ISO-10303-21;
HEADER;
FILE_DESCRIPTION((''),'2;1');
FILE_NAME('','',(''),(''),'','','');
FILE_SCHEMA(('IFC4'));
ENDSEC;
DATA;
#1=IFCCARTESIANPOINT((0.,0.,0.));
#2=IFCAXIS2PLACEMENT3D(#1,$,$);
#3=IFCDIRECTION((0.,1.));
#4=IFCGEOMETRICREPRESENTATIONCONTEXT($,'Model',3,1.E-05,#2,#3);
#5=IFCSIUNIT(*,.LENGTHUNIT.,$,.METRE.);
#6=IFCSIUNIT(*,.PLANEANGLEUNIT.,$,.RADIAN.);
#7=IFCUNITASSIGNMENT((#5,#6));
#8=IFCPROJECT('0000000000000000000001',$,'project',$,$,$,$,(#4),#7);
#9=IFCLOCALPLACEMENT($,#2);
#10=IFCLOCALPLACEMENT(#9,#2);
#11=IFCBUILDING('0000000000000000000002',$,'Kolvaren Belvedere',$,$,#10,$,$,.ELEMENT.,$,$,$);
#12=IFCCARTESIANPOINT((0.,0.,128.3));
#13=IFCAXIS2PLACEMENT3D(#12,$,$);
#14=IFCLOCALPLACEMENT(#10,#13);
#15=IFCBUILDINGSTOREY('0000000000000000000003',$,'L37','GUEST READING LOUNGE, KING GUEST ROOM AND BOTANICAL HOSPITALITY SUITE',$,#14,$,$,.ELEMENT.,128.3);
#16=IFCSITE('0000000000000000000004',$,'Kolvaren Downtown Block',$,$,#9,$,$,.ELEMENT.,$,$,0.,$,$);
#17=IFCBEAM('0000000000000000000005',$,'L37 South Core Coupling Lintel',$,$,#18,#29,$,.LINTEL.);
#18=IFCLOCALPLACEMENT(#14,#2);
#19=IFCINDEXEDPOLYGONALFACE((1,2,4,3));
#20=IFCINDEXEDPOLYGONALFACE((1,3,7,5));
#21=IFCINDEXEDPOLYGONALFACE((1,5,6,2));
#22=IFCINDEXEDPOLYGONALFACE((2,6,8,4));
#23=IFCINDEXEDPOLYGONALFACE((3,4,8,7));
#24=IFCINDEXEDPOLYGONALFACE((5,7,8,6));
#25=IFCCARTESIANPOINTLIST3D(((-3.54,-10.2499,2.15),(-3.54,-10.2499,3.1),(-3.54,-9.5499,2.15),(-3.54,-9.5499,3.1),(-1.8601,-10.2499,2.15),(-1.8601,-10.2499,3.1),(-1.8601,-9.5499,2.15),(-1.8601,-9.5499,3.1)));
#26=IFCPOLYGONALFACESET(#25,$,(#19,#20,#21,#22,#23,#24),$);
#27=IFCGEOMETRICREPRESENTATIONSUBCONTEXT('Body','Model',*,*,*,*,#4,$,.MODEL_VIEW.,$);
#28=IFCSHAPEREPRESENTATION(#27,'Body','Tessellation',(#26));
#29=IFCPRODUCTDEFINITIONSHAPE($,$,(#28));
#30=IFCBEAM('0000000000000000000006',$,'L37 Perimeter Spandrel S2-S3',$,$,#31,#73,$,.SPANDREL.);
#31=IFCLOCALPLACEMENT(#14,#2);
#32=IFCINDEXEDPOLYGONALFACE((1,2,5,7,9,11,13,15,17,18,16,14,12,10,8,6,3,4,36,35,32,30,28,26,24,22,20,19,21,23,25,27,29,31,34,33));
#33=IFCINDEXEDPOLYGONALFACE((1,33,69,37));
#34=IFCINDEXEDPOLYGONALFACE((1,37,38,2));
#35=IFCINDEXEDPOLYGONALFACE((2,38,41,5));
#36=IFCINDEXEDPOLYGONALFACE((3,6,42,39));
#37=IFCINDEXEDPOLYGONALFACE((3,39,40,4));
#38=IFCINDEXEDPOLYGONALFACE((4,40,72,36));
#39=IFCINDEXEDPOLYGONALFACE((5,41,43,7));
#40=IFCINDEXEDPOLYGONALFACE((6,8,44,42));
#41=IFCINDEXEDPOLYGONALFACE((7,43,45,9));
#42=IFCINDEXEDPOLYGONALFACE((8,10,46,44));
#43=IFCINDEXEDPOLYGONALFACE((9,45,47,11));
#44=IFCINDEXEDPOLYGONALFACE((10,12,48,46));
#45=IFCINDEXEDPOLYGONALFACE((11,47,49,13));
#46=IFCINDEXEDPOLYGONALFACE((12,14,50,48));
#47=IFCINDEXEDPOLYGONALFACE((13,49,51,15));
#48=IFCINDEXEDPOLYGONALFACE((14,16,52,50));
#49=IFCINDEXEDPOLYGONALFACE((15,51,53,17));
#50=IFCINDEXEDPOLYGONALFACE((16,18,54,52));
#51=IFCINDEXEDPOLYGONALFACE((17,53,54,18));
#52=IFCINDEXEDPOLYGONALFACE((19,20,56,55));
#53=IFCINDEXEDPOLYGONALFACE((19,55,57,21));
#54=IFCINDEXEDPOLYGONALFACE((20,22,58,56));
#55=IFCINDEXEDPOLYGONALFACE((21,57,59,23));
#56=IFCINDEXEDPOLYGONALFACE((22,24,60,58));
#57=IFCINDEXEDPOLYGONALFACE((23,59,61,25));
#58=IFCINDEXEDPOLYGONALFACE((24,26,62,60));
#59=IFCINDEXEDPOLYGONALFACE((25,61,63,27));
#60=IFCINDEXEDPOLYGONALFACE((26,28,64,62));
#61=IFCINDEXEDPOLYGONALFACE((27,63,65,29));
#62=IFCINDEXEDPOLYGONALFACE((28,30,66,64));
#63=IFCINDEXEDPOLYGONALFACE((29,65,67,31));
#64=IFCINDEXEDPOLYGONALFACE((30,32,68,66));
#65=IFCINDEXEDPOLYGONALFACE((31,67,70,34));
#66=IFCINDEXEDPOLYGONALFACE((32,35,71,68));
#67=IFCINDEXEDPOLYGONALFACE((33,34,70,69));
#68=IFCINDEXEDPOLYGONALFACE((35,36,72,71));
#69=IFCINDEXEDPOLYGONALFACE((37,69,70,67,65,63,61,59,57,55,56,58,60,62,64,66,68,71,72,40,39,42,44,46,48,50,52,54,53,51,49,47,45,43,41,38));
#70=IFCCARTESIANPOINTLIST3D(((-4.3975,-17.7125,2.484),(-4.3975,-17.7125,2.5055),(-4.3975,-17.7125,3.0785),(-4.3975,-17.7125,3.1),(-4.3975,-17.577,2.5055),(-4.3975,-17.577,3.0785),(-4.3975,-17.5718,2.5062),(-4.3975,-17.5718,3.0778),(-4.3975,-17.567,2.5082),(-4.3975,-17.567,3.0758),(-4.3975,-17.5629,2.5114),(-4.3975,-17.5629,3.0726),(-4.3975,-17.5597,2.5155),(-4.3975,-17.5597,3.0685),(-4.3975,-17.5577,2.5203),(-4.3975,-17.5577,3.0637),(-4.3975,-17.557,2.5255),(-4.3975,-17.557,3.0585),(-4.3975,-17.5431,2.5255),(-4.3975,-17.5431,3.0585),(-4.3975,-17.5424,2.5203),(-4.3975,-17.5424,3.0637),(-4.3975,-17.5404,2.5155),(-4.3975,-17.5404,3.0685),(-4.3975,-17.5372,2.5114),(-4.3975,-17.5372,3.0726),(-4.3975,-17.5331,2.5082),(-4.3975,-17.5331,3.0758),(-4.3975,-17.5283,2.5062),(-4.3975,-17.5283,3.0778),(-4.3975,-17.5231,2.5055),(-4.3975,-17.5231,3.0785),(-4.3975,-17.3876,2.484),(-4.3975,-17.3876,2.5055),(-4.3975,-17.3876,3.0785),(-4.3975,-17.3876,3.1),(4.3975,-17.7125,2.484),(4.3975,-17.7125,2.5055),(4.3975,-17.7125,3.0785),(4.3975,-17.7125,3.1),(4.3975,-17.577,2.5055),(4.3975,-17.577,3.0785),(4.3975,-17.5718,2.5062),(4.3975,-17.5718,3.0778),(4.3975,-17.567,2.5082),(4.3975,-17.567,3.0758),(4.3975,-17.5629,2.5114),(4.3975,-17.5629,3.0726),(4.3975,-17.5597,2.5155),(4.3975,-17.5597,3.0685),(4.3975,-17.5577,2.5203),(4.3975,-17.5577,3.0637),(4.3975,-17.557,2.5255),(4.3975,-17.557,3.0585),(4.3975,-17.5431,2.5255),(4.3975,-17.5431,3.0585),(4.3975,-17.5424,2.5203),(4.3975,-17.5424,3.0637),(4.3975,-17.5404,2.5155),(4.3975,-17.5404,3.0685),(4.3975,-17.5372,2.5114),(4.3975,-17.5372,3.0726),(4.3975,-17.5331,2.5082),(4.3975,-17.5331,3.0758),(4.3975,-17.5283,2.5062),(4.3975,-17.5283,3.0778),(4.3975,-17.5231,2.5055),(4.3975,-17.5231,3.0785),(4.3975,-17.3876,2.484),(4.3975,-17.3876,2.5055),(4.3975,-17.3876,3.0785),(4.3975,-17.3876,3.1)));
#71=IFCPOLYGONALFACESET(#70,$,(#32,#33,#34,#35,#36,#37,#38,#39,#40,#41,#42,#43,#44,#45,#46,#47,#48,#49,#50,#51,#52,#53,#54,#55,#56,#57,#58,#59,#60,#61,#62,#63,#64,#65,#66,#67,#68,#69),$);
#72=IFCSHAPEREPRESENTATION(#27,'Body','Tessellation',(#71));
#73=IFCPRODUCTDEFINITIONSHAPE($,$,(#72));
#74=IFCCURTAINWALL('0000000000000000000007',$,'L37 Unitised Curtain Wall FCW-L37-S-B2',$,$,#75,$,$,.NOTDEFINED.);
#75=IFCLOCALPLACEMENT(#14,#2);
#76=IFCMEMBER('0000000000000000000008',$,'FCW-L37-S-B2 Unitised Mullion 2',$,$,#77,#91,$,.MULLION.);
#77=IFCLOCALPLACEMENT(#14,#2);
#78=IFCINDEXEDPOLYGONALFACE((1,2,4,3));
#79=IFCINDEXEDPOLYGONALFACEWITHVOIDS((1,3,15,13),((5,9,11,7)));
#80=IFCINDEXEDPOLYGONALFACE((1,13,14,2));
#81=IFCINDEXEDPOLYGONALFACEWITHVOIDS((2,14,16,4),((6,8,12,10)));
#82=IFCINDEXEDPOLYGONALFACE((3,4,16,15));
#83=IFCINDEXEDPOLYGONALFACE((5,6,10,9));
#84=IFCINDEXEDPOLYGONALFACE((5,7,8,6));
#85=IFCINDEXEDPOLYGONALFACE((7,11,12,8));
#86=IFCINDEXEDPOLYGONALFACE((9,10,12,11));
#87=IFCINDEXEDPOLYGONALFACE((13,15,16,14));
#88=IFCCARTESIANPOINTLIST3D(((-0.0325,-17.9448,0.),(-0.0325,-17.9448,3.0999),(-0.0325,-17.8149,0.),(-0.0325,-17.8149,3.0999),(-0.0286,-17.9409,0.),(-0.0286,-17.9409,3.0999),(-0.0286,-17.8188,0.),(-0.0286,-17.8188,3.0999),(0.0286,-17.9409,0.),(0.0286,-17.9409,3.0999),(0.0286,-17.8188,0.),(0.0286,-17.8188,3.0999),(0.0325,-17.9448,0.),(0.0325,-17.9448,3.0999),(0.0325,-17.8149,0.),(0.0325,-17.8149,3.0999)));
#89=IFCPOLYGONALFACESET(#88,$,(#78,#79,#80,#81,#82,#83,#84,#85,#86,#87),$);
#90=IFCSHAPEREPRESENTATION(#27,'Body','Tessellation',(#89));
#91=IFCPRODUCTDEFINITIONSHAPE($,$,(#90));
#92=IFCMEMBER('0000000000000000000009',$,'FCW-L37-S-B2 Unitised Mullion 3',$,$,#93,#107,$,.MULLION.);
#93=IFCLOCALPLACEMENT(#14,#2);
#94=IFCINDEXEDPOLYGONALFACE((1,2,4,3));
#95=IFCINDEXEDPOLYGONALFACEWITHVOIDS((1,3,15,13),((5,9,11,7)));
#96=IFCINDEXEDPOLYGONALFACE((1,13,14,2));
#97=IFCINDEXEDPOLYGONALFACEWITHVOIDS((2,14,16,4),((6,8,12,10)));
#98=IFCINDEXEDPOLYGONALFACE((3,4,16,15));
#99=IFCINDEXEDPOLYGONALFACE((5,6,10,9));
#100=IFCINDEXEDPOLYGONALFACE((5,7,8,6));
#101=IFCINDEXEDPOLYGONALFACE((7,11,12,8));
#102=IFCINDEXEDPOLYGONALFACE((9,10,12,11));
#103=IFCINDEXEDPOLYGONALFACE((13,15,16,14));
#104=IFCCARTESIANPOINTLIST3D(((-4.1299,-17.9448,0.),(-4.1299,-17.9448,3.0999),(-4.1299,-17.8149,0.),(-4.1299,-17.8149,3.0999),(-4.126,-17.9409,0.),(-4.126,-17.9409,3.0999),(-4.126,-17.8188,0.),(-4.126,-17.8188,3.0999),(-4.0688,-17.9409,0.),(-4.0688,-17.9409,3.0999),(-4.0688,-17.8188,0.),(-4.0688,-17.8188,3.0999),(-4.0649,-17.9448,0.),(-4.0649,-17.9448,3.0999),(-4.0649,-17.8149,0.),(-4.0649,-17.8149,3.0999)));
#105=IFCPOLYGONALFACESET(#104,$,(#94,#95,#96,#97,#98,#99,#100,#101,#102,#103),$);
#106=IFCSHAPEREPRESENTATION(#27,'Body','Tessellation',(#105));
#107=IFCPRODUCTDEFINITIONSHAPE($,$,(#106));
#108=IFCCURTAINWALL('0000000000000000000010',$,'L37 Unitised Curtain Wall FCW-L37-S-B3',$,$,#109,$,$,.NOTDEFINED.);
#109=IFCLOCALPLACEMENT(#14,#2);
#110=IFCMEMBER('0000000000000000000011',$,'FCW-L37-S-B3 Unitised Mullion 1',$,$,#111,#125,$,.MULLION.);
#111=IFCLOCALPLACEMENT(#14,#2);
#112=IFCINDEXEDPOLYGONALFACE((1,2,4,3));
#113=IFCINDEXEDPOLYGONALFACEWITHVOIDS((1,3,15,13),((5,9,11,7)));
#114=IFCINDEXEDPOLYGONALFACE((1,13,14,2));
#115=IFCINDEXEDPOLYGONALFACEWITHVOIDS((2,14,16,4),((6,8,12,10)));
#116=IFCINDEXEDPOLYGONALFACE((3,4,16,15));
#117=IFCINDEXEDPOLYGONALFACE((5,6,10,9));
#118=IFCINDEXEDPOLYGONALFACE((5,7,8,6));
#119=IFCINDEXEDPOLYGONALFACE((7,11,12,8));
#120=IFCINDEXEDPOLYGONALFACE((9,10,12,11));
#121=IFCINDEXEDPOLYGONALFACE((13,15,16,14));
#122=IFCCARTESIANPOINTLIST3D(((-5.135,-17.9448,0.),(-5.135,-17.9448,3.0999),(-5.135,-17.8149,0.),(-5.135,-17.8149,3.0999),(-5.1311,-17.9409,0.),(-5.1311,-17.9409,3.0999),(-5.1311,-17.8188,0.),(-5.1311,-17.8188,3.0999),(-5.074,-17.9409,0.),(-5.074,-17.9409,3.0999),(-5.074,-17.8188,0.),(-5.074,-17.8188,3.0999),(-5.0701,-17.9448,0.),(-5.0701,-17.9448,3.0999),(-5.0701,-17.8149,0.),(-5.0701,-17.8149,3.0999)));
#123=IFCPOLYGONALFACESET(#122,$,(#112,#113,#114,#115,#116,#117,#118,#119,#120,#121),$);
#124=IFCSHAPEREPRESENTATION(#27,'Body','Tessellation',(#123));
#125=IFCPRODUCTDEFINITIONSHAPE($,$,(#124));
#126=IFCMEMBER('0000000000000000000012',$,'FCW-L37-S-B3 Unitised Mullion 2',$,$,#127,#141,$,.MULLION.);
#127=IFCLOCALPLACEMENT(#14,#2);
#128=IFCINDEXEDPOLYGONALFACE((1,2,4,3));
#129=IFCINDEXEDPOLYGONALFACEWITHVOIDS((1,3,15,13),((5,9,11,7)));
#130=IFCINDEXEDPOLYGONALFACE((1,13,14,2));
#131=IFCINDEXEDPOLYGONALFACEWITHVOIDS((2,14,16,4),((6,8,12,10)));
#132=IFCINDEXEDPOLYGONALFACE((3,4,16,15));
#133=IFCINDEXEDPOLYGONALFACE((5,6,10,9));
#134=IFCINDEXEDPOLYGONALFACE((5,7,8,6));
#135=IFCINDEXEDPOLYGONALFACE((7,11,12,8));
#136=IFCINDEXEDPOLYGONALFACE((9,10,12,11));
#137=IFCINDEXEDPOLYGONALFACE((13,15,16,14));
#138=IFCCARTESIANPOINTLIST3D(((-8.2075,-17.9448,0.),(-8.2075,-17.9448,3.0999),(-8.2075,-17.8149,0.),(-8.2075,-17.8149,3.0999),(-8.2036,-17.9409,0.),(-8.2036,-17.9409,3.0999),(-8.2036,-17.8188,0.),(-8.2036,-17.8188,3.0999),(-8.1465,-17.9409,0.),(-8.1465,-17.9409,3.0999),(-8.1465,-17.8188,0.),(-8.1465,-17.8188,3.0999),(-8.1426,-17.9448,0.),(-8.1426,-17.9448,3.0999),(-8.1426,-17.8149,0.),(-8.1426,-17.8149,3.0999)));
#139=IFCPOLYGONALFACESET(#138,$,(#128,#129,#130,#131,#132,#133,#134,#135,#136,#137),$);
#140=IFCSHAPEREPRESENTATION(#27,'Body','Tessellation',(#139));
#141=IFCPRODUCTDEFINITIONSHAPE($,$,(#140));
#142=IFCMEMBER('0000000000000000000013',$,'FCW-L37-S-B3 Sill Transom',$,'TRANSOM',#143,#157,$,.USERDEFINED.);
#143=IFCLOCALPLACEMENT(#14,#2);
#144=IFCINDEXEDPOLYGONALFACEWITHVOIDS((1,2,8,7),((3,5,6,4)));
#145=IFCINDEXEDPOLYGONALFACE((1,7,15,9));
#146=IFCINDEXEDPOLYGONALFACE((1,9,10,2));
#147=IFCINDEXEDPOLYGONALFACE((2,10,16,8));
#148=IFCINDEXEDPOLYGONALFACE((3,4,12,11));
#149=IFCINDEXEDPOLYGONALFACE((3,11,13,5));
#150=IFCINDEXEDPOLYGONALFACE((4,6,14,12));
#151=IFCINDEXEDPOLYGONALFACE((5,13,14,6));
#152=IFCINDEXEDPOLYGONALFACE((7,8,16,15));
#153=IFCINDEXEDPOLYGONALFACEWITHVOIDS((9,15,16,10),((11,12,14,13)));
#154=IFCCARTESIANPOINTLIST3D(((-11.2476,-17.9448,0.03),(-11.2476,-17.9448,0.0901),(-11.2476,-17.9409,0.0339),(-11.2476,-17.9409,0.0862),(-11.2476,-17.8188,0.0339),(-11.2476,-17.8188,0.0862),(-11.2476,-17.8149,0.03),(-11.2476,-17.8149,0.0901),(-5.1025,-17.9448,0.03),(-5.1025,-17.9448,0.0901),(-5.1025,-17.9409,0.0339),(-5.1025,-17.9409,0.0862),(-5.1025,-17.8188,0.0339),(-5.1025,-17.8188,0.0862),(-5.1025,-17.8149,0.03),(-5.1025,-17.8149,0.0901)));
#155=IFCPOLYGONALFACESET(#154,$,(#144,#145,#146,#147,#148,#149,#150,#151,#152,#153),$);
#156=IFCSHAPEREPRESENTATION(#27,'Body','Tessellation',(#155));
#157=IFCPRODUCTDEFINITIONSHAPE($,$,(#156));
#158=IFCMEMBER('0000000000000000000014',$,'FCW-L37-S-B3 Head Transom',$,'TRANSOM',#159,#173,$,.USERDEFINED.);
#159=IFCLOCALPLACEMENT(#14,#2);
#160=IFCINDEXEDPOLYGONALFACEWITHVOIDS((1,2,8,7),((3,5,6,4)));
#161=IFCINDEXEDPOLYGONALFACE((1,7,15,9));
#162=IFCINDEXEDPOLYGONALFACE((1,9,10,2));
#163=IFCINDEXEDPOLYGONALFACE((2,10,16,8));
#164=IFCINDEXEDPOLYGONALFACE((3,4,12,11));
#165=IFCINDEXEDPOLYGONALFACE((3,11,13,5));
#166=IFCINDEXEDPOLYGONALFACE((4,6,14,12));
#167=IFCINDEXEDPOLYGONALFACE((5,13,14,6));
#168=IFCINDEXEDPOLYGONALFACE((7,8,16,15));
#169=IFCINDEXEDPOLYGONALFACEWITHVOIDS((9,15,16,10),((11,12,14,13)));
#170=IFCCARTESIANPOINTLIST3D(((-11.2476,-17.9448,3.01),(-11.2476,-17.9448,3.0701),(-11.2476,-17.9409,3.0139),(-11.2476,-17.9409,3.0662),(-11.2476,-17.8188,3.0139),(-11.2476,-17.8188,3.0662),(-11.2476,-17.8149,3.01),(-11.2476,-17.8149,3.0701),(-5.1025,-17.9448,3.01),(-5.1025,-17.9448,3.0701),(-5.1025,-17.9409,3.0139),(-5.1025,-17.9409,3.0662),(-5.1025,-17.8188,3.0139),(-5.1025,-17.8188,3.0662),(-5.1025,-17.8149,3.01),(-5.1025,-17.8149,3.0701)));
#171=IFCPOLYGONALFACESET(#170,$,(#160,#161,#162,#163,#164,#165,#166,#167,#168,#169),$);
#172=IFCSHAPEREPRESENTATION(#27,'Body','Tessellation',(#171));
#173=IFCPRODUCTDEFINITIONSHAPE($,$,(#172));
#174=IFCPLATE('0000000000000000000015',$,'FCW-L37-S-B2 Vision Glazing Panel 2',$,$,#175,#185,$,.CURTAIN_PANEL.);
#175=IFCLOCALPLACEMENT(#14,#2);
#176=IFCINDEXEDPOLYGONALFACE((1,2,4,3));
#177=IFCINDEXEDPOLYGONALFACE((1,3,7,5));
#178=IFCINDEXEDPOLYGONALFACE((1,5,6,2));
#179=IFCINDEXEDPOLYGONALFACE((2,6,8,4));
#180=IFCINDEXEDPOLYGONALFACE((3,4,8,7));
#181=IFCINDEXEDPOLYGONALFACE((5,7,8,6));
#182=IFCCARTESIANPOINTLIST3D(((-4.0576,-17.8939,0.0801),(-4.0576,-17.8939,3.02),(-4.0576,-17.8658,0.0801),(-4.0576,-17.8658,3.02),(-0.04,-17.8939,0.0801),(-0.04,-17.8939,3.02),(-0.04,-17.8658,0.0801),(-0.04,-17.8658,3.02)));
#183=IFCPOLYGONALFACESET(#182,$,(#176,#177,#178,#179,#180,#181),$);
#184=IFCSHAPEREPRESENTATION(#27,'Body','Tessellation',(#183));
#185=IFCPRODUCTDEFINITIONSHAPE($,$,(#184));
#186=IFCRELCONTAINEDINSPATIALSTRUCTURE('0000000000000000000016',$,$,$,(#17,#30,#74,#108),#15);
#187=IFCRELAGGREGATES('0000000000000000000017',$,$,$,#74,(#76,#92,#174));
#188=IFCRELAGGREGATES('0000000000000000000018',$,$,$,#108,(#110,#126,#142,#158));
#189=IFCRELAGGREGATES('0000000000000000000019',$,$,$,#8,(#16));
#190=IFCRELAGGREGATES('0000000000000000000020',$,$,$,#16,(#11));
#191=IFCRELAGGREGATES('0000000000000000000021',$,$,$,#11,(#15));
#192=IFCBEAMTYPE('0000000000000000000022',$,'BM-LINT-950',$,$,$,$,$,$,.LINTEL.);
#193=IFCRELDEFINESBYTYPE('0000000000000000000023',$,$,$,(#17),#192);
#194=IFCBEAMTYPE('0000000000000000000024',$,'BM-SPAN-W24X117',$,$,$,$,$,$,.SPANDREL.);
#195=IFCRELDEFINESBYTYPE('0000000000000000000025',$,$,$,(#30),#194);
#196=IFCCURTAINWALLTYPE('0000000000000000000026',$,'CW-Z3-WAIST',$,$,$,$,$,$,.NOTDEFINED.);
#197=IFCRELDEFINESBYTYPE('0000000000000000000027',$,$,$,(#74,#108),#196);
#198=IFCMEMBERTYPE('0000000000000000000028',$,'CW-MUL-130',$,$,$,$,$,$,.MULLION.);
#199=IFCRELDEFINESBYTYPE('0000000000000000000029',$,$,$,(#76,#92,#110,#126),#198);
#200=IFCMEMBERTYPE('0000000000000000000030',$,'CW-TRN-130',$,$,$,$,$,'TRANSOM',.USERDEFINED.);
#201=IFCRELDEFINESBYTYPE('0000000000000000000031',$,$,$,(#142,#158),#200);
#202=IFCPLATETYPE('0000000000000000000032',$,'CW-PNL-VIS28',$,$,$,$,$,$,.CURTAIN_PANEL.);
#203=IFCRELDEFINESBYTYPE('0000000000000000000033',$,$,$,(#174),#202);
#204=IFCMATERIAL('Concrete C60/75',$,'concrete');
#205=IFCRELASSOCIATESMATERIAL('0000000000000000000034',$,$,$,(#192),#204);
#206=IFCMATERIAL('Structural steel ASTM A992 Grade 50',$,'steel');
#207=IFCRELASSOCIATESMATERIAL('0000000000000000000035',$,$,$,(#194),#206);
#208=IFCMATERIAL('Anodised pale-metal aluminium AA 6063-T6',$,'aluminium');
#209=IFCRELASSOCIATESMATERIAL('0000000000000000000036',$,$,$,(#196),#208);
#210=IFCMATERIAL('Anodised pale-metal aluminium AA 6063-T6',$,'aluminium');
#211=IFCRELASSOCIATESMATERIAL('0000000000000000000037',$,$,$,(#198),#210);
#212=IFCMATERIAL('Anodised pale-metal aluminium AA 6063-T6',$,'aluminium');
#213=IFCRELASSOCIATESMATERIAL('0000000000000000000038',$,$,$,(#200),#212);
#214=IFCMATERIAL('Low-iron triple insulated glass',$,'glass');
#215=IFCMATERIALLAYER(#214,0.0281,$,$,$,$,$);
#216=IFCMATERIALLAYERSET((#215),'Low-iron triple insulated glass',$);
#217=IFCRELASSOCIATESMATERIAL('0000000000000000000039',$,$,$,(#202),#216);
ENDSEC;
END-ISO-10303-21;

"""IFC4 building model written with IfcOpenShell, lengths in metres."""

from ifc_helpers import new_model, si_unit, direction, frame, origin, origin_2d, place, context, subcontext, project, spatial, rectangle, hollow_rectangle, i_section, extrude, material, layer, layer_set, material_profile, profile_set, type_object, element, aggregate, save


model = new_model("IFC4")

# Units and contexts
model_context = context("Model", 3, precision=1e-05, world=origin(), true_north=direction((0.0, 1.0)))
body_context = subcontext(model_context, "Body", "Model", "MODEL_VIEW")
ifc_project = project(units=[si_unit("LENGTHUNIT", "METRE"), si_unit("PLANEANGLEUNIT", "RADIAN")], contexts=[model_context])

# Site, building, storey
site_placement = place(None, origin())
site = spatial("IfcSite", under=ifc_project, at=site_placement, Name="Kolvaren Downtown Block", CompositionType="ELEMENT", RefElevation=0.0)
building_placement = place(site_placement, origin())
building = spatial("IfcBuilding", under=site, at=building_placement, Name="Kolvaren Belvedere", CompositionType="ELEMENT")
storey_placement = place(building_placement, frame((0.0, 0.0, 128.3)))
storey = spatial("IfcBuildingStorey", under=building, at=storey_placement, Name="L37", Description="GUEST READING LOUNGE, KING GUEST ROOM AND BOTANICAL HOSPITALITY SUITE", CompositionType="ELEMENT", Elevation=128.3)

# Beams
ifc_material_1 = material(Name="Concrete C60/75", Category="concrete")
ifc_material_profile_1 = material_profile(ifc_material_1, rectangle(XDim=0.7, YDim=0.95, at=origin_2d()), Name="RC 700X950")
ifc_profile_set_1 = profile_set([ifc_material_profile_1], Name="Concrete C60/75")
beam_type_1 = type_object("IfcBeamType", Name="BM-LINT-950", PredefinedType="LINTEL", material=ifc_profile_set_1)
beam_1_placement = place(storey_placement, frame((-3.54, -9.8999, 2.625), z_axis=(1.0, 0.0, 0.0), x_axis=(0.0, 1.0, 0.0)))
element("IfcBeam", 1, at=beam_1_placement, inside=storey, type_object=beam_type_1, Name="L37 South Core Coupling Lintel", PredefinedType="LINTEL", context=body_context, shape_type="SweptSolid", body=[
    extrude(rectangle(XDim=0.7, YDim=0.95, at=origin_2d()), origin(), (0.0, 0.0, 1.0), 1.6799),
])
ifc_material_2 = material(Name="Structural steel ASTM A992 Grade 50", Category="steel")
ifc_material_profile_2 = material_profile(ifc_material_2, i_section(OverallWidth=0.325, OverallDepth=0.616, WebThickness=0.0139, FlangeThickness=0.0215, FilletRadius=0.02, at=origin_2d()), Name="W24X117")
ifc_profile_set_2 = profile_set([ifc_material_profile_2], Name="Structural steel ASTM A992 Grade 50")
beam_type_2 = type_object("IfcBeamType", Name="BM-SPAN-W24X117", PredefinedType="SPANDREL", material=ifc_profile_set_2)
beam_2_placement = place(storey_placement, frame((-4.3975, -17.55, 2.792), z_axis=(1.0, 0.0, 0.0), x_axis=(0.0, 1.0, 0.0)))
element("IfcBeam", 2, at=beam_2_placement, inside=storey, type_object=beam_type_2, Name="L37 Perimeter Spandrel S2-S3", PredefinedType="SPANDREL", context=body_context, shape_type="SweptSolid", body=[
    extrude(i_section(OverallWidth=0.325, OverallDepth=0.616, WebThickness=0.0139, FlangeThickness=0.0215, FilletRadius=0.02, at=origin_2d()), origin(), (0.0, 0.0, 1.0), 8.7949),
])

# Curtain walls, members
ifc_material_3 = material(Name="Anodised pale-metal aluminium AA 6063-T6", Category="aluminium")
curtain_wall_type = type_object("IfcCurtainWallType", Name="CW-Z3-WAIST", PredefinedType="NOTDEFINED", material=ifc_material_3)
curtain_wall_1_placement = place(storey_placement, origin())
curtain_wall_1 = element("IfcCurtainWall", 3, at=curtain_wall_1_placement, inside=storey, type_object=curtain_wall_type, Name="L37 Unitised Curtain Wall FCW-L37-S-B2", PredefinedType="NOTDEFINED")
ifc_material_4 = material(Name="Anodised pale-metal aluminium AA 6063-T6", Category="aluminium")
ifc_material_profile_3 = material_profile(ifc_material_4, hollow_rectangle(XDim=0.0649, YDim=0.1299, WallThickness=0.0039, at=origin_2d()), Name="ALU-MUL-130X65")
ifc_profile_set_3 = profile_set([ifc_material_profile_3], Name="Anodised pale-metal aluminium AA 6063-T6")
member_type_1 = type_object("IfcMemberType", Name="CW-MUL-130", PredefinedType="MULLION", material=ifc_profile_set_3)
member_1_placement = place(storey_placement, frame((0.0, -17.8799, 0.0), z_axis=(0.0, 0.0, 1.0), x_axis=(1.0, 0.0, 0.0)))
member_1 = element("IfcMember", 4, at=member_1_placement, type_object=member_type_1, Name="FCW-L37-S-B2 Unitised Mullion 2", PredefinedType="MULLION", context=body_context, shape_type="SweptSolid", body=[
    extrude(hollow_rectangle(XDim=0.0649, YDim=0.1299, WallThickness=0.0039, at=origin_2d()), origin(), (0.0, 0.0, 1.0), 3.0999),
])
member_2_placement = place(storey_placement, frame((-4.0974, -17.8799, 0.0), z_axis=(0.0, 0.0, 1.0), x_axis=(1.0, 0.0, 0.0)))
member_2 = element("IfcMember", 5, at=member_2_placement, type_object=member_type_1, Name="FCW-L37-S-B2 Unitised Mullion 3", PredefinedType="MULLION", context=body_context, shape_type="SweptSolid", body=[
    extrude(hollow_rectangle(XDim=0.0649, YDim=0.1299, WallThickness=0.0039, at=origin_2d()), origin(), (0.0, 0.0, 1.0), 3.0999),
])
curtain_wall_2_placement = place(storey_placement, origin())
curtain_wall_2 = element("IfcCurtainWall", 6, at=curtain_wall_2_placement, inside=storey, type_object=curtain_wall_type, Name="L37 Unitised Curtain Wall FCW-L37-S-B3", PredefinedType="NOTDEFINED")
member_3_placement = place(storey_placement, frame((-5.1025, -17.8799, 0.0), z_axis=(0.0, 0.0, 1.0), x_axis=(1.0, 0.0, 0.0)))
member_3 = element("IfcMember", 7, at=member_3_placement, type_object=member_type_1, Name="FCW-L37-S-B3 Unitised Mullion 1", PredefinedType="MULLION", context=body_context, shape_type="SweptSolid", body=[
    extrude(hollow_rectangle(XDim=0.0649, YDim=0.1299, WallThickness=0.0039, at=origin_2d()), origin(), (0.0, 0.0, 1.0), 3.0999),
])
member_4_placement = place(storey_placement, frame((-8.175, -17.8799, 0.0), z_axis=(0.0, 0.0, 1.0), x_axis=(1.0, 0.0, 0.0)))
member_4 = element("IfcMember", 8, at=member_4_placement, type_object=member_type_1, Name="FCW-L37-S-B3 Unitised Mullion 2", PredefinedType="MULLION", context=body_context, shape_type="SweptSolid", body=[
    extrude(hollow_rectangle(XDim=0.0649, YDim=0.1299, WallThickness=0.0039, at=origin_2d()), origin(), (0.0, 0.0, 1.0), 3.0999),
])
ifc_material_5 = material(Name="Anodised pale-metal aluminium AA 6063-T6", Category="aluminium")
ifc_material_profile_4 = material_profile(ifc_material_5, hollow_rectangle(XDim=0.0601, YDim=0.1299, WallThickness=0.0039, at=origin_2d()), Name="ALU-TRN-130X60")
ifc_profile_set_4 = profile_set([ifc_material_profile_4], Name="Anodised pale-metal aluminium AA 6063-T6")
member_type_2 = type_object("IfcMemberType", Name="CW-TRN-130", ElementType="TRANSOM", PredefinedType="USERDEFINED", material=ifc_profile_set_4)
member_5_placement = place(storey_placement, frame((-5.1025, -17.8799, 0.0601), z_axis=(-1.0, 0.0, 0.0), x_axis=(0.0, 0.0, 1.0)))
member_5 = element("IfcMember", 9, at=member_5_placement, type_object=member_type_2, Name="FCW-L37-S-B3 Sill Transom", ObjectType="TRANSOM", PredefinedType="USERDEFINED", context=body_context, shape_type="SweptSolid", body=[
    extrude(hollow_rectangle(XDim=0.0601, YDim=0.1299, WallThickness=0.0039, at=origin_2d()), origin(), (0.0, 0.0, 1.0), 6.145),
])
member_6_placement = place(storey_placement, frame((-5.1025, -17.8799, 3.04), z_axis=(-1.0, 0.0, 0.0), x_axis=(0.0, 0.0, 1.0)))
member_6 = element("IfcMember", 10, at=member_6_placement, type_object=member_type_2, Name="FCW-L37-S-B3 Head Transom", ObjectType="TRANSOM", PredefinedType="USERDEFINED", context=body_context, shape_type="SweptSolid", body=[
    extrude(hollow_rectangle(XDim=0.0601, YDim=0.1299, WallThickness=0.0039, at=origin_2d()), origin(), (0.0, 0.0, 1.0), 6.145),
])

# Plate
ifc_material_6 = material(Name="Low-iron triple insulated glass", Category="glass")
ifc_layer_1 = layer(ifc_material_6, 0.0281)
ifc_layer_set_1 = layer_set([ifc_layer_1], Name="Low-iron triple insulated glass")
plate_type_1 = type_object("IfcPlateType", Name="CW-PNL-VIS28", PredefinedType="CURTAIN_PANEL", material=ifc_layer_set_1)
plate_1_placement = place(storey_placement, frame((-2.0488, -17.8799, 0.0801), z_axis=(0.0, 0.0, 1.0), x_axis=(-1.0, 0.0, 0.0)))
plate_1 = element("IfcPlate", 11, at=plate_1_placement, type_object=plate_type_1, Name="FCW-L37-S-B2 Vision Glazing Panel 2", PredefinedType="CURTAIN_PANEL", context=body_context, shape_type="SweptSolid", body=[
    extrude(rectangle(XDim=4.0176, YDim=0.0281, at=origin_2d()), origin(), (0.0, 0.0, 1.0), 2.9399),
])
aggregate(curtain_wall_1, [member_1, member_2, plate_1])
aggregate(curtain_wall_2, [member_3, member_4, member_5, member_6])

save(model, "model.ifc")
